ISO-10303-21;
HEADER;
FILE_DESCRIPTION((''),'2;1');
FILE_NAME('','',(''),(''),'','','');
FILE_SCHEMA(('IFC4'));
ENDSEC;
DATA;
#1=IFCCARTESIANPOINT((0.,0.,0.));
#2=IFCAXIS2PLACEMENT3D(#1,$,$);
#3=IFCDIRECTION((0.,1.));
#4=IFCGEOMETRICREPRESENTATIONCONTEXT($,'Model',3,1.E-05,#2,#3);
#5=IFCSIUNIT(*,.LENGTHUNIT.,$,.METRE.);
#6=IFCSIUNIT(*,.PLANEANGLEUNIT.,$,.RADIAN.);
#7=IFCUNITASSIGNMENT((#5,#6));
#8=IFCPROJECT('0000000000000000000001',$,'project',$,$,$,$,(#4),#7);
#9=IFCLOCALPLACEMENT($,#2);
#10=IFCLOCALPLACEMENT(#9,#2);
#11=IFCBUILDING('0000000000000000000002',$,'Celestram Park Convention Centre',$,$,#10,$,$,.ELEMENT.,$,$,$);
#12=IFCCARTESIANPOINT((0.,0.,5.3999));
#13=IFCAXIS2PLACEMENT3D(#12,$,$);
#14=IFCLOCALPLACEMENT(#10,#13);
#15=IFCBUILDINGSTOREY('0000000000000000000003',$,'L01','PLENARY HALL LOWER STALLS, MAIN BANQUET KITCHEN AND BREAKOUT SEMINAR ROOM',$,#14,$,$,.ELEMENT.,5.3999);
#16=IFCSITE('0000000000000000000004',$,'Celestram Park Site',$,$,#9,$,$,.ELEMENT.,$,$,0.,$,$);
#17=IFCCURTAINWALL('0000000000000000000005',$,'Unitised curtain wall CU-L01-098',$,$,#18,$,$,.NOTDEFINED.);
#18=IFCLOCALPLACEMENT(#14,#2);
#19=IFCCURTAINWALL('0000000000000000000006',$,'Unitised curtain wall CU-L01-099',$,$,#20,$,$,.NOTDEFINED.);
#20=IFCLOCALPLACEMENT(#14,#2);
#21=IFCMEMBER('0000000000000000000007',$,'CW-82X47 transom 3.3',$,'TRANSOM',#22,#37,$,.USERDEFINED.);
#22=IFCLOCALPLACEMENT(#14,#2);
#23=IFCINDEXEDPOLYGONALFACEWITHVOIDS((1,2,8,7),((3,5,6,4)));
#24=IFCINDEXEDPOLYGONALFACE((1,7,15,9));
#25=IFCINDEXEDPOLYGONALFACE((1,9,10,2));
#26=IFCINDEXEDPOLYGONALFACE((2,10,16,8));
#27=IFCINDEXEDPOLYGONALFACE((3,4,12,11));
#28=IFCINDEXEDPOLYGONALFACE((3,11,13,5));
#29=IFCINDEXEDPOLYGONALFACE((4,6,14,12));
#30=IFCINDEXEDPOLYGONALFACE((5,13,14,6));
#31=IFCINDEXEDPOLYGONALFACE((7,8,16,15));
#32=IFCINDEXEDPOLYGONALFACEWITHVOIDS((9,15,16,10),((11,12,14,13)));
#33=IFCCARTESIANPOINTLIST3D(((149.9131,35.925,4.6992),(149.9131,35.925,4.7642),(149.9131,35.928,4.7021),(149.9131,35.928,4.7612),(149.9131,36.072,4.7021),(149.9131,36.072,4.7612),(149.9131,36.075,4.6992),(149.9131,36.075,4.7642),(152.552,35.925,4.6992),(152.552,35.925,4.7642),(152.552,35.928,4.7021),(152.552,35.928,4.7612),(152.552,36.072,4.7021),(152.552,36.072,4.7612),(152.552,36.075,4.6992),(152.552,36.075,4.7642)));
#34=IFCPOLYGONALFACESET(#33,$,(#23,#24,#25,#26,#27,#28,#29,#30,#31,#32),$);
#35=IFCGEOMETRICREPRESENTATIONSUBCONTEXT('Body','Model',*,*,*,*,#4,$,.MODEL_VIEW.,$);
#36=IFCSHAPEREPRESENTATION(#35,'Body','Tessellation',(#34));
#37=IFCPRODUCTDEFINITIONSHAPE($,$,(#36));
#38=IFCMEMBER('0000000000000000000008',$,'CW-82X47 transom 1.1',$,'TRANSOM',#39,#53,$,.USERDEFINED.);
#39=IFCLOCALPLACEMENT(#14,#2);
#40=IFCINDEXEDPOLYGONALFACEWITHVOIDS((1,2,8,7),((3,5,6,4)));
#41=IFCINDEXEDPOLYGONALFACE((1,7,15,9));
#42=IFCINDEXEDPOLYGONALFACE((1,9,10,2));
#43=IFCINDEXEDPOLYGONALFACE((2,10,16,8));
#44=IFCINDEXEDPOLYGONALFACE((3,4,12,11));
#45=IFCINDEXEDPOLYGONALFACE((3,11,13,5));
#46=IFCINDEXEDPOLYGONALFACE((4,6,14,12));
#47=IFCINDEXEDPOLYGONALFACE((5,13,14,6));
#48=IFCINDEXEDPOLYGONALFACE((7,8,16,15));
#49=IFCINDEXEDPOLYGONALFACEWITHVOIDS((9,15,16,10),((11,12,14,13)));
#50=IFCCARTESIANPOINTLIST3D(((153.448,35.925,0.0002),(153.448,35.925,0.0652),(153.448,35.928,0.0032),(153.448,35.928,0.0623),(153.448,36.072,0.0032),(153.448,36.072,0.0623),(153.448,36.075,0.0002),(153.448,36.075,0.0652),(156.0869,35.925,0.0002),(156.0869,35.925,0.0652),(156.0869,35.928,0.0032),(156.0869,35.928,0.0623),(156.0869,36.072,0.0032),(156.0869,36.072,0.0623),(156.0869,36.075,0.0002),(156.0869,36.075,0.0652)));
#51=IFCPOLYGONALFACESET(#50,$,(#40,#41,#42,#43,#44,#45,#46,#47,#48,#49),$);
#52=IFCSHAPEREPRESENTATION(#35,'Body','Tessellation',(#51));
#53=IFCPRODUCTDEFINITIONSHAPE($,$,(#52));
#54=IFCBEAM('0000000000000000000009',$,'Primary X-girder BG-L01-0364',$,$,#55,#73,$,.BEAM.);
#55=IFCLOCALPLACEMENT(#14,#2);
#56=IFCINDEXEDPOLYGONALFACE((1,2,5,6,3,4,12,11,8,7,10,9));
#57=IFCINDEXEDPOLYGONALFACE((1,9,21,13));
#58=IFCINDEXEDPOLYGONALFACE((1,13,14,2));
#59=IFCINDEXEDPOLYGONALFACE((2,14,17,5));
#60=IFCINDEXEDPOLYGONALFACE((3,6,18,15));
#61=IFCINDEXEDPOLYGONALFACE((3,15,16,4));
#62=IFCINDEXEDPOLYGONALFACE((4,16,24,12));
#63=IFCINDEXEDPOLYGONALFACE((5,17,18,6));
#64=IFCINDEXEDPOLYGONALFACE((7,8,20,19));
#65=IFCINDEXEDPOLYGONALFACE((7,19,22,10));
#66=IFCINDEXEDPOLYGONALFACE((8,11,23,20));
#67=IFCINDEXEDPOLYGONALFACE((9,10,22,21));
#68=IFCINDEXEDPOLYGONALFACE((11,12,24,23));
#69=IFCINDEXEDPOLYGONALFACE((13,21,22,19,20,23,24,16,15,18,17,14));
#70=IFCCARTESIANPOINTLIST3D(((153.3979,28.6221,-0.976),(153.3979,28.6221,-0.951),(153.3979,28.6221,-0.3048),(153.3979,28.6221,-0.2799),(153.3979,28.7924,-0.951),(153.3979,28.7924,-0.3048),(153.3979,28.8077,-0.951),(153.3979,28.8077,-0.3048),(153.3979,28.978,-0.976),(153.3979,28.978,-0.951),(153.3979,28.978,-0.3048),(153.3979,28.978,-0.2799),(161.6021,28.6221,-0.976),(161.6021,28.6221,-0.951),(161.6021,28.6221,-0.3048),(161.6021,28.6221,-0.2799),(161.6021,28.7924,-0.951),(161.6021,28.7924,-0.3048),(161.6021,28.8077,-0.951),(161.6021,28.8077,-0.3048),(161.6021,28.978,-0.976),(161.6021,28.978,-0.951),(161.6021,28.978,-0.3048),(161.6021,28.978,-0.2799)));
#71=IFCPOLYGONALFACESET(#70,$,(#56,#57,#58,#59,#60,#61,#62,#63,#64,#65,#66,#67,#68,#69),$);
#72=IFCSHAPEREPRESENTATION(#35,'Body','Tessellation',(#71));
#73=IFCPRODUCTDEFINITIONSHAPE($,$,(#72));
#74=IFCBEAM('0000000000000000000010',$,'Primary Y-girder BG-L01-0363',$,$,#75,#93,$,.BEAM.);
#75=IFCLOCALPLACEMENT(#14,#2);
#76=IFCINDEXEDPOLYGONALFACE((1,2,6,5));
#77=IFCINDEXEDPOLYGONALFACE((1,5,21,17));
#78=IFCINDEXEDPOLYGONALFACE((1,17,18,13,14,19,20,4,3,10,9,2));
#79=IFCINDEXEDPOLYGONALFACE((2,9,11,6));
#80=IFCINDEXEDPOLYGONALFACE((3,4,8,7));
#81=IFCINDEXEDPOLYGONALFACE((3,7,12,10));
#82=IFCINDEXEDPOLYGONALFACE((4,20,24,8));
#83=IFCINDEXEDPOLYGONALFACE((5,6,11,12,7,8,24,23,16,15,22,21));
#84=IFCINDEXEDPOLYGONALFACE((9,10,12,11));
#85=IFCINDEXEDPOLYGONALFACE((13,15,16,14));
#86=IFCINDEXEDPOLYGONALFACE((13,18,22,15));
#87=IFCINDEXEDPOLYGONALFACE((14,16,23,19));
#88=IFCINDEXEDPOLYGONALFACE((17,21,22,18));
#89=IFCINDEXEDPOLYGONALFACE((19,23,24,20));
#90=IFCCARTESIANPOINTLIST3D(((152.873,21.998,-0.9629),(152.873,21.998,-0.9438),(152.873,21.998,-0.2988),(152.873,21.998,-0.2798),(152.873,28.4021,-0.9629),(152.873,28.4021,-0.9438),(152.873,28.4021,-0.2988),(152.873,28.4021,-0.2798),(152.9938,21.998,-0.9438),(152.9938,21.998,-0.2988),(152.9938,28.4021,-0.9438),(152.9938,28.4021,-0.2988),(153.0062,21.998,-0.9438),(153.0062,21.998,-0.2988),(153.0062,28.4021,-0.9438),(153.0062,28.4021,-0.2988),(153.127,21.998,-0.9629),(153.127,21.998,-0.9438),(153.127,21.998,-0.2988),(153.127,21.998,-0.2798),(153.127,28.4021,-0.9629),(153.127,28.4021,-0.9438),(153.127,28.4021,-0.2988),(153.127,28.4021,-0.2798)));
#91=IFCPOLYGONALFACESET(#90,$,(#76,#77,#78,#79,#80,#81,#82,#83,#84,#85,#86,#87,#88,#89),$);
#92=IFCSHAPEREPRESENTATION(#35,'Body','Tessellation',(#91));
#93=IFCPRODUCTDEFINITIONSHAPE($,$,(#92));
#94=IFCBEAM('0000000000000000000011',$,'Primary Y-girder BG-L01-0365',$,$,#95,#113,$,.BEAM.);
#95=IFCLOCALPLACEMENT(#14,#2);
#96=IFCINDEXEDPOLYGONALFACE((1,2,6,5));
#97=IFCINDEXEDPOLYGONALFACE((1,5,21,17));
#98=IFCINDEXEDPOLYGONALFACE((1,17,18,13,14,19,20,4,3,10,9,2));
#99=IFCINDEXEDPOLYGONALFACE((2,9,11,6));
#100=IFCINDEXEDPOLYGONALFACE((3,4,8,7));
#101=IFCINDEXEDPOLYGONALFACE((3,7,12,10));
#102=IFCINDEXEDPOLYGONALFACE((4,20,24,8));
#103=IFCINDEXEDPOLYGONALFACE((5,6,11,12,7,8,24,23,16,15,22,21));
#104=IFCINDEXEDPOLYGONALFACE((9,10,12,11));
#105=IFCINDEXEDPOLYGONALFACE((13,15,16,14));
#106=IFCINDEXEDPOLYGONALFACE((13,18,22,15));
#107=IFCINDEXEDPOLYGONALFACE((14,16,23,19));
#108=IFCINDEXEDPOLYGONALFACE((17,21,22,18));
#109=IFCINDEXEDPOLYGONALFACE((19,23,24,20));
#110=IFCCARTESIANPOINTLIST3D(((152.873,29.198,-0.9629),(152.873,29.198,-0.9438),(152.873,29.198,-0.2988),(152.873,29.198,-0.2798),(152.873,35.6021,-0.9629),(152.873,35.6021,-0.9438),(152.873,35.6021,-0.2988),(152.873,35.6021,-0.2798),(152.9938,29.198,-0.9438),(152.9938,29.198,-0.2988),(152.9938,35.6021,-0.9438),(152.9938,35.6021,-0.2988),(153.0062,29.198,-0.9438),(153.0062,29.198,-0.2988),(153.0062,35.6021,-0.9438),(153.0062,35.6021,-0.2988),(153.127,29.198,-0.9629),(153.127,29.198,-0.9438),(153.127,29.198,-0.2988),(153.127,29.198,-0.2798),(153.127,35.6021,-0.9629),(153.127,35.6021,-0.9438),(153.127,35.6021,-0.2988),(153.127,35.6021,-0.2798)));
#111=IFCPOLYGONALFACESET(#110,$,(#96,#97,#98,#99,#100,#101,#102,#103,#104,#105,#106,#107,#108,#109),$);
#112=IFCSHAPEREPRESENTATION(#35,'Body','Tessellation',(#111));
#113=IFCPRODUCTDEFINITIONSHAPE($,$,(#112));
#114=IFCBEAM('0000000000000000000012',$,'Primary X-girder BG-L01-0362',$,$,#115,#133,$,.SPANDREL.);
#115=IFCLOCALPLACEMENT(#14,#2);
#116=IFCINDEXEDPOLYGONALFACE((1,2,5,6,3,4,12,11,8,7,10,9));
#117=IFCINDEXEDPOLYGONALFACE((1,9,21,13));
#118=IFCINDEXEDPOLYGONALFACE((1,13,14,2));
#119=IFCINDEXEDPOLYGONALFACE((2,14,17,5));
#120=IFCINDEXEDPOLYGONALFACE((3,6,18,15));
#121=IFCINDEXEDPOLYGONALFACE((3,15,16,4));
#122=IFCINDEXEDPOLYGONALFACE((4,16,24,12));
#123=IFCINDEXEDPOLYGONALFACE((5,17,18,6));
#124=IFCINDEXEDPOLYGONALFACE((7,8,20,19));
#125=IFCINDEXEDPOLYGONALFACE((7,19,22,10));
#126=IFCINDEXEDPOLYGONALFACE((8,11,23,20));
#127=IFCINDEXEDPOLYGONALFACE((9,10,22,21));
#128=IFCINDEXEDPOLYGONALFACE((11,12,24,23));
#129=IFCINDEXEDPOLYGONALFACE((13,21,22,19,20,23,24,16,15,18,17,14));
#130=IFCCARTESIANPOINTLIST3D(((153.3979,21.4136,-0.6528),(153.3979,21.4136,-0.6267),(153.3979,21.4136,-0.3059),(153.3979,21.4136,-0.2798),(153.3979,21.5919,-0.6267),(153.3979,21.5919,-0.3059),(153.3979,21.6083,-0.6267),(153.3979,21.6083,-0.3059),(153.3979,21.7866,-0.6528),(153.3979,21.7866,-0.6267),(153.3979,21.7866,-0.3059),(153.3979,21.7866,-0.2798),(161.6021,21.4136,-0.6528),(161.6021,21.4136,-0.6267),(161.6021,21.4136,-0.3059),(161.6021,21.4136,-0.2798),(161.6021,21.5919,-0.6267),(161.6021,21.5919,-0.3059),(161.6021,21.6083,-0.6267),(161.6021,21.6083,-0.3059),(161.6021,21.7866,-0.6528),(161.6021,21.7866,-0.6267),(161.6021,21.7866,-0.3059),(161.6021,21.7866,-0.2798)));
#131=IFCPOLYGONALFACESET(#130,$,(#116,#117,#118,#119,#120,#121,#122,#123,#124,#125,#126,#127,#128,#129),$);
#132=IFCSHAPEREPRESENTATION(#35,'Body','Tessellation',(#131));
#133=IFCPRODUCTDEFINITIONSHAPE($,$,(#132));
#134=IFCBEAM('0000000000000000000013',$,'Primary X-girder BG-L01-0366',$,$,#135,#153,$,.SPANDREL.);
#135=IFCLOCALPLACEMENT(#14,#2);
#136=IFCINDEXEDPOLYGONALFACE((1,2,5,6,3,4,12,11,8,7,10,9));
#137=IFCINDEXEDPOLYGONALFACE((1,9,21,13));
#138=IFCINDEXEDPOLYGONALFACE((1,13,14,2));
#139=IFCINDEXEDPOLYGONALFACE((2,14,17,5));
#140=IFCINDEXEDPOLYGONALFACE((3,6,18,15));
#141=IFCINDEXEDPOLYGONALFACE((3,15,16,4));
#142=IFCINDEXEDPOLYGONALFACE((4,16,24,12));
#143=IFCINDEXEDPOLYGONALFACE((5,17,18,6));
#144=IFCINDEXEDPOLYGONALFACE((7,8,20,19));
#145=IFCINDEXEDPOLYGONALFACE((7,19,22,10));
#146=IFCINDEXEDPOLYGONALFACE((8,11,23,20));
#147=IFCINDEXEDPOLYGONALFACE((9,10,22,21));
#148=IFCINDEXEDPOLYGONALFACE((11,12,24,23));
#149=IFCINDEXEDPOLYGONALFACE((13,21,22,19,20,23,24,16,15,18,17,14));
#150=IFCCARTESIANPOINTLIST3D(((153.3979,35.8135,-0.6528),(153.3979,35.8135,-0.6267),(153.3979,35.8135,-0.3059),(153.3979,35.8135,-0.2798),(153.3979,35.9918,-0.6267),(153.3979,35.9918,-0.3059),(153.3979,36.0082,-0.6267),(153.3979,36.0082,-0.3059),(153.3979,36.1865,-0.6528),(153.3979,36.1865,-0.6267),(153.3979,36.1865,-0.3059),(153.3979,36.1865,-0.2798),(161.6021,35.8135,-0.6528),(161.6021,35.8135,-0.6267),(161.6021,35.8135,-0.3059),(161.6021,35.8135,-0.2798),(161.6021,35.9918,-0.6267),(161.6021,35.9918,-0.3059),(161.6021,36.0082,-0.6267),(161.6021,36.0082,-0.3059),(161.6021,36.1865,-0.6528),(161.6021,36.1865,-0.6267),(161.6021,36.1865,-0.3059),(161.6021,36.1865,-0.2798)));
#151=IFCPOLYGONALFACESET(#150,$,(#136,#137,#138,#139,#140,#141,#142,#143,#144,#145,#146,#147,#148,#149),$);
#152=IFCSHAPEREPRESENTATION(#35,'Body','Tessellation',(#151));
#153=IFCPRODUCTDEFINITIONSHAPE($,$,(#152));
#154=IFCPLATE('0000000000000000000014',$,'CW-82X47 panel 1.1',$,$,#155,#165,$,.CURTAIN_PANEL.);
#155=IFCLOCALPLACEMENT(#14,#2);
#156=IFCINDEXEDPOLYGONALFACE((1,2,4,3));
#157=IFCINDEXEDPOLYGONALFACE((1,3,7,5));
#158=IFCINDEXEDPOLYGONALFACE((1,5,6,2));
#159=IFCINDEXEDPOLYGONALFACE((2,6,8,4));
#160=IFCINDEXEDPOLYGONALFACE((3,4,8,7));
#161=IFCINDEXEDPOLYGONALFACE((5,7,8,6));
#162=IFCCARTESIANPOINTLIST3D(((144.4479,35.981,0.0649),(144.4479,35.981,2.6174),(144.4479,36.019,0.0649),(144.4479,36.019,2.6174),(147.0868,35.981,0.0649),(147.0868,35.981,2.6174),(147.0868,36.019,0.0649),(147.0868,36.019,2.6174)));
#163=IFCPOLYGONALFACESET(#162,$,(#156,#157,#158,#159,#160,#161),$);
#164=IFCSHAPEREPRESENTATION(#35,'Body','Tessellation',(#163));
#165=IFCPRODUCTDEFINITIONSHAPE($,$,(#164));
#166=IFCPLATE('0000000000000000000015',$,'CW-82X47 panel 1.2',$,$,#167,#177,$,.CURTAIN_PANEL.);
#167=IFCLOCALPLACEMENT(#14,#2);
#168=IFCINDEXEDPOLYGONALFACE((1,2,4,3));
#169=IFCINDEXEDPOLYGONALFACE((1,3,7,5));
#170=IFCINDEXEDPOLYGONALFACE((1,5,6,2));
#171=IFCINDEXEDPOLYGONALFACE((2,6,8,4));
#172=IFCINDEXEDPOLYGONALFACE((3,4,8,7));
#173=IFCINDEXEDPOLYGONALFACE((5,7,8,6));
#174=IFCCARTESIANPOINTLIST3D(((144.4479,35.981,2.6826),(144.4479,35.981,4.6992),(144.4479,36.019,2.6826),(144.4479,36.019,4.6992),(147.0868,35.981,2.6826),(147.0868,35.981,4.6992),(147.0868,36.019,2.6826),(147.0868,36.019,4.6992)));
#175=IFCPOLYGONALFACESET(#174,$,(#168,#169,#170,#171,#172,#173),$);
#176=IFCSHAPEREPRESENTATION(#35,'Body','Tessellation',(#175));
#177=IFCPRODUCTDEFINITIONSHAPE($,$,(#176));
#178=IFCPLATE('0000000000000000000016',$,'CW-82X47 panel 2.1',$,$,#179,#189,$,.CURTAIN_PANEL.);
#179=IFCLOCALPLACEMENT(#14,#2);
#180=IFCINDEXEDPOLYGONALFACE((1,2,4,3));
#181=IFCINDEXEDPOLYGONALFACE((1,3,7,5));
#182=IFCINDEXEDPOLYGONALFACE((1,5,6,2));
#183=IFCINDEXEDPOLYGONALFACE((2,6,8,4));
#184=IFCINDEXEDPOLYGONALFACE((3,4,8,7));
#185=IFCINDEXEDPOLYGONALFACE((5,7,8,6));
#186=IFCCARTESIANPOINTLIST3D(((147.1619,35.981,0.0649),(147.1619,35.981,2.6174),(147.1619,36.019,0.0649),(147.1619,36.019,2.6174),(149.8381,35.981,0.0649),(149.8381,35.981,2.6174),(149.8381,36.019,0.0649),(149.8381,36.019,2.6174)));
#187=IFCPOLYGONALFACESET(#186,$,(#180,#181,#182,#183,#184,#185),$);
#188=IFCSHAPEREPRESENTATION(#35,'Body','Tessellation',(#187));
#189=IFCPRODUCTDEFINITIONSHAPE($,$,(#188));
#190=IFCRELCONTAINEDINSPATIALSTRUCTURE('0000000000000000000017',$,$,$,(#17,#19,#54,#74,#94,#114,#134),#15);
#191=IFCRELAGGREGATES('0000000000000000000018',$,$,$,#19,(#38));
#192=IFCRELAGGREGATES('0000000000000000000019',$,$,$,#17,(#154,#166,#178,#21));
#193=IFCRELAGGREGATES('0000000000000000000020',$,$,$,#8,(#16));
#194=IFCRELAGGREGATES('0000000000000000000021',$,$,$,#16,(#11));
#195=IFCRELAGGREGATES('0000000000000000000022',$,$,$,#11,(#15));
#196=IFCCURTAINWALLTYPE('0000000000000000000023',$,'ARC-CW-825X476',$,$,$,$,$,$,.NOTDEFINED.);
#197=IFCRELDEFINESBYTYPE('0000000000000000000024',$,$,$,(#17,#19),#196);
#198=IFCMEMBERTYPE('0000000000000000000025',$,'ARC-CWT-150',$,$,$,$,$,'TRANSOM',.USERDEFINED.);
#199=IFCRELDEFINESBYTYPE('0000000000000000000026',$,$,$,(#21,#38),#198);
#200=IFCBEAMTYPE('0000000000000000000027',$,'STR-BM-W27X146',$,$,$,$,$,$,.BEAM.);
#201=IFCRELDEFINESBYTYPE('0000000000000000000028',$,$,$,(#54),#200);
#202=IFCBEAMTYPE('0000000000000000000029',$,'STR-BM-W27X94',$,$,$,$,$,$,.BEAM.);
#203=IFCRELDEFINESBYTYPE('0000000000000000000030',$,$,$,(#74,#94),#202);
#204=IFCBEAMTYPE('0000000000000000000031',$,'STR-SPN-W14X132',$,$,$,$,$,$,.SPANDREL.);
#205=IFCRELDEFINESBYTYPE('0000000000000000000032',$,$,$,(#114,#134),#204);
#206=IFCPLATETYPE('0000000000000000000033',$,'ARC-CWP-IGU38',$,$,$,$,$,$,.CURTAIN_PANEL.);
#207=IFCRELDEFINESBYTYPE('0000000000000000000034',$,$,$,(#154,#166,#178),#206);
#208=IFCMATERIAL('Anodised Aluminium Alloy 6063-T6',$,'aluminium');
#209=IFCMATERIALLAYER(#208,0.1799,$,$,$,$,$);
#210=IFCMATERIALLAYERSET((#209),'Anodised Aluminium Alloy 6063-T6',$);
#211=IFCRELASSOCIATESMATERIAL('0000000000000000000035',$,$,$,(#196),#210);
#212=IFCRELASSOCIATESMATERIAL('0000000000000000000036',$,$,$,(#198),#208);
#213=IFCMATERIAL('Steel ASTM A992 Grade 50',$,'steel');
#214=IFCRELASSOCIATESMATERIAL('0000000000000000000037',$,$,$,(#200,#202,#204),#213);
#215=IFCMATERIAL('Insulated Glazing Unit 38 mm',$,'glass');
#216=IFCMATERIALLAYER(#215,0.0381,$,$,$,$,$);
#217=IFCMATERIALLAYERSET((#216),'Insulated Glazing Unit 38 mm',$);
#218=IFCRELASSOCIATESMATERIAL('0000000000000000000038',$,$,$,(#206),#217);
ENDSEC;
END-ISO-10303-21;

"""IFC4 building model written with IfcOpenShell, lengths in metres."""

from ifc_helpers import new_model, si_unit, direction, frame, origin, origin_2d, place, context, subcontext, project, spatial, rectangle, hollow_rectangle, i_section, extrude, material, layer, layer_set, material_profile, profile_set, type_object, element, aggregate, save


model = new_model("IFC4")

# Units and contexts
model_context = context("Model", 3, precision=1e-05, world=origin(), true_north=direction((0.0, 1.0)))
body_context = subcontext(model_context, "Body", "Model", "MODEL_VIEW")
ifc_project = project(units=[si_unit("LENGTHUNIT", "METRE"), si_unit("PLANEANGLEUNIT", "RADIAN")], contexts=[model_context])

# Site, building, storey
site_placement = place(None, origin())
site = spatial("IfcSite", under=ifc_project, at=site_placement, Name="Celestram Park Site", CompositionType="ELEMENT", RefElevation=0.0)
building_placement = place(site_placement, origin())
building = spatial("IfcBuilding", under=site, at=building_placement, Name="Celestram Park Convention Centre", CompositionType="ELEMENT")
storey_placement = place(building_placement, frame((0.0, 0.0, 5.3999)))
storey = spatial("IfcBuildingStorey", under=building, at=storey_placement, Name="L01", Description="PLENARY HALL LOWER STALLS, MAIN BANQUET KITCHEN AND BREAKOUT SEMINAR ROOM", CompositionType="ELEMENT", Elevation=5.3999)

# Curtain wall
ifc_material_1 = material(Name="Anodised Aluminium Alloy 6063-T6", Category="aluminium")
ifc_layer_1 = layer(ifc_material_1, 0.1799)
ifc_layer_set_1 = layer_set([ifc_layer_1], Name="Anodised Aluminium Alloy 6063-T6")
curtain_wall_type = type_object("IfcCurtainWallType", Name="ARC-CW-825X476", PredefinedType="NOTDEFINED", material=ifc_layer_set_1)
curtain_wall_1_placement = place(storey_placement, origin())
curtain_wall_1 = element("IfcCurtainWall", 1, at=curtain_wall_1_placement, inside=storey, type_object=curtain_wall_type, Name="Unitised curtain wall CU-L01-098", PredefinedType="NOTDEFINED")

# Curtain wall
curtain_wall_2_placement = place(storey_placement, origin())
curtain_wall_2 = element("IfcCurtainWall", 2, at=curtain_wall_2_placement, inside=storey, type_object=curtain_wall_type, Name="Unitised curtain wall CU-L01-099", PredefinedType="NOTDEFINED")

# Members
ifc_material_profile_1 = material_profile(ifc_material_1, hollow_rectangle(XDim=0.1499, YDim=0.0649, WallThickness=0.0029, at=origin_2d()), Name="ALU150X65X3")
ifc_profile_set_1 = profile_set([ifc_material_profile_1], Name="Anodised Aluminium Alloy 6063-T6")
member_type_1 = type_object("IfcMemberType", Name="ARC-CWT-150", ElementType="TRANSOM", PredefinedType="USERDEFINED", material=ifc_profile_set_1)
member_1_placement = place(storey_placement, frame((149.9131, 36.0, 4.7317), z_axis=(1.0, 0.0, 0.0), x_axis=(0.0, 1.0, 0.0)))
member_1 = element("IfcMember", 3, at=member_1_placement, type_object=member_type_1, Name="CW-82X47 transom 3.3", ObjectType="TRANSOM", PredefinedType="USERDEFINED", context=body_context, shape_type="SweptSolid", body=[
    extrude(hollow_rectangle(XDim=0.1499, YDim=0.0649, WallThickness=0.0029, at=origin_2d()), origin(), (0.0, 0.0, 1.0), 2.6389),
])
member_2_placement = place(storey_placement, frame((153.448, 36.0, 0.0327), z_axis=(1.0, 0.0, 0.0), x_axis=(0.0, 1.0, 0.0)))
member_2 = element("IfcMember", 4, at=member_2_placement, type_object=member_type_1, Name="CW-82X47 transom 1.1", ObjectType="TRANSOM", PredefinedType="USERDEFINED", context=body_context, shape_type="SweptSolid", body=[
    extrude(hollow_rectangle(XDim=0.1499, YDim=0.0649, WallThickness=0.0029, at=origin_2d()), origin(), (0.0, 0.0, 1.0), 2.6389),
])
aggregate(curtain_wall_2, [member_2])

# Beams
ifc_material_2 = material(Name="Steel ASTM A992 Grade 50", Category="steel")
ifc_material_profile_2 = material_profile(ifc_material_2, i_section(OverallWidth=0.356, OverallDepth=0.696, WebThickness=0.0154, FlangeThickness=0.0249, at=origin_2d()), Name="W27X146")
ifc_profile_set_2 = profile_set([ifc_material_profile_2], Name="Steel ASTM A992 Grade 50")
beam_type_1 = type_object("IfcBeamType", Name="STR-BM-W27X146", PredefinedType="BEAM", material=ifc_profile_set_2)
beam_placement = place(storey_placement, frame((153.3979, 28.8, -0.6279), z_axis=(1.0, 0.0, 0.0), x_axis=(0.0, 1.0, 0.0)))
element("IfcBeam", 5, at=beam_placement, inside=storey, type_object=beam_type_1, Name="Primary X-girder BG-L01-0364", PredefinedType="BEAM", context=body_context, shape_type="SweptSolid", body=[
    extrude(i_section(OverallWidth=0.356, OverallDepth=0.696, WebThickness=0.0154, FlangeThickness=0.0249, at=origin_2d()), origin(), (0.0, 0.0, 1.0), 8.2041),
])
ifc_material_profile_3 = material_profile(ifc_material_2, i_section(OverallWidth=0.2539, OverallDepth=0.6831, WebThickness=0.0125, FlangeThickness=0.019, at=origin_2d()), Name="W27X94")
ifc_profile_set_3 = profile_set([ifc_material_profile_3], Name="Steel ASTM A992 Grade 50")
beam_type_2 = type_object("IfcBeamType", Name="STR-BM-W27X94", PredefinedType="BEAM", material=ifc_profile_set_3)
for number, where, z_axis, x_axis, name in (
    (6, (153.0, 21.998, -0.6213), (0.0, 1.0, 0.0), (-1.0, 0.0, 0.0), "Primary Y-girder BG-L01-0363"),
    (7, (153.0, 29.198, -0.6213), (0.0, 1.0, 0.0), (-1.0, 0.0, 0.0), "Primary Y-girder BG-L01-0365"),
):
    element("IfcBeam", number, at=place(storey_placement, frame(where, z_axis=z_axis, x_axis=x_axis)), inside=storey, type_object=beam_type_2, Name=name, PredefinedType="BEAM", context=body_context, shape_type="SweptSolid", body=[
        extrude(i_section(OverallWidth=0.2539, OverallDepth=0.6831, WebThickness=0.0125, FlangeThickness=0.019, at=origin_2d()), origin(), (0.0, 0.0, 1.0), 6.4041),
    ])
ifc_material_profile_4 = material_profile(ifc_material_2, i_section(OverallWidth=0.373, OverallDepth=0.373, WebThickness=0.0164, FlangeThickness=0.0261, at=origin_2d()), Name="W14X132")
ifc_profile_set_4 = profile_set([ifc_material_profile_4], Name="Steel ASTM A992 Grade 50")
beam_type_3 = type_object("IfcBeamType", Name="STR-SPN-W14X132", PredefinedType="SPANDREL", material=ifc_profile_set_4)
for number, where, z_axis, x_axis, name in (
    (8, (153.3979, 21.6001, -0.4663), (1.0, 0.0, 0.0), (0.0, 1.0, 0.0), "Primary X-girder BG-L01-0362"),
    (9, (153.3979, 36.0, -0.4663), (1.0, 0.0, 0.0), (0.0, 1.0, 0.0), "Primary X-girder BG-L01-0366"),
):
    element("IfcBeam", number, at=place(storey_placement, frame(where, z_axis=z_axis, x_axis=x_axis)), inside=storey, type_object=beam_type_3, Name=name, PredefinedType="SPANDREL", context=body_context, shape_type="SweptSolid", body=[
        extrude(i_section(OverallWidth=0.373, OverallDepth=0.373, WebThickness=0.0164, FlangeThickness=0.0261, at=origin_2d()), origin(), (0.0, 0.0, 1.0), 8.2041),
    ])

# Plates
ifc_material_3 = material(Name="Insulated Glazing Unit 38 mm", Category="glass")
ifc_layer_2 = layer(ifc_material_3, 0.0381)
ifc_layer_set_2 = layer_set([ifc_layer_2], Name="Insulated Glazing Unit 38 mm")
plate_type = type_object("IfcPlateType", Name="ARC-CWP-IGU38", PredefinedType="CURTAIN_PANEL", material=ifc_layer_set_2)
plate_1_placement = place(storey_placement, frame((145.7673, 36.0, 0.0649), z_axis=(0.0, 0.0, 1.0), x_axis=(1.0, 0.0, 0.0)))
plate_1 = element("IfcPlate", 10, at=plate_1_placement, type_object=plate_type, Name="CW-82X47 panel 1.1", PredefinedType="CURTAIN_PANEL", context=body_context, shape_type="SweptSolid", body=[
    extrude(rectangle(XDim=2.6389, YDim=0.0381, at=origin_2d()), origin(), (0.0, 0.0, 1.0), 2.5525),
])
plate_2_placement = place(storey_placement, frame((145.7673, 36.0, 2.6826), z_axis=(0.0, 0.0, 1.0), x_axis=(1.0, 0.0, 0.0)))
plate_2 = element("IfcPlate", 11, at=plate_2_placement, type_object=plate_type, Name="CW-82X47 panel 1.2", PredefinedType="CURTAIN_PANEL", context=body_context, shape_type="SweptSolid", body=[
    extrude(rectangle(XDim=2.6389, YDim=0.0381, at=origin_2d()), origin(), (0.0, 0.0, 1.0), 2.0166),
])
plate_3_placement = place(storey_placement, frame((148.5, 36.0, 0.0649), z_axis=(0.0, 0.0, 1.0), x_axis=(1.0, 0.0, 0.0)))
plate_3 = element("IfcPlate", 12, at=plate_3_placement, type_object=plate_type, Name="CW-82X47 panel 2.1", PredefinedType="CURTAIN_PANEL", context=body_context, shape_type="SweptSolid", body=[
    extrude(rectangle(XDim=2.6763, YDim=0.0381, at=origin_2d()), origin(), (0.0, 0.0, 1.0), 2.5525),
])
aggregate(curtain_wall_1, [plate_1, plate_2, plate_3, member_1])

save(model, "model.ifc")
